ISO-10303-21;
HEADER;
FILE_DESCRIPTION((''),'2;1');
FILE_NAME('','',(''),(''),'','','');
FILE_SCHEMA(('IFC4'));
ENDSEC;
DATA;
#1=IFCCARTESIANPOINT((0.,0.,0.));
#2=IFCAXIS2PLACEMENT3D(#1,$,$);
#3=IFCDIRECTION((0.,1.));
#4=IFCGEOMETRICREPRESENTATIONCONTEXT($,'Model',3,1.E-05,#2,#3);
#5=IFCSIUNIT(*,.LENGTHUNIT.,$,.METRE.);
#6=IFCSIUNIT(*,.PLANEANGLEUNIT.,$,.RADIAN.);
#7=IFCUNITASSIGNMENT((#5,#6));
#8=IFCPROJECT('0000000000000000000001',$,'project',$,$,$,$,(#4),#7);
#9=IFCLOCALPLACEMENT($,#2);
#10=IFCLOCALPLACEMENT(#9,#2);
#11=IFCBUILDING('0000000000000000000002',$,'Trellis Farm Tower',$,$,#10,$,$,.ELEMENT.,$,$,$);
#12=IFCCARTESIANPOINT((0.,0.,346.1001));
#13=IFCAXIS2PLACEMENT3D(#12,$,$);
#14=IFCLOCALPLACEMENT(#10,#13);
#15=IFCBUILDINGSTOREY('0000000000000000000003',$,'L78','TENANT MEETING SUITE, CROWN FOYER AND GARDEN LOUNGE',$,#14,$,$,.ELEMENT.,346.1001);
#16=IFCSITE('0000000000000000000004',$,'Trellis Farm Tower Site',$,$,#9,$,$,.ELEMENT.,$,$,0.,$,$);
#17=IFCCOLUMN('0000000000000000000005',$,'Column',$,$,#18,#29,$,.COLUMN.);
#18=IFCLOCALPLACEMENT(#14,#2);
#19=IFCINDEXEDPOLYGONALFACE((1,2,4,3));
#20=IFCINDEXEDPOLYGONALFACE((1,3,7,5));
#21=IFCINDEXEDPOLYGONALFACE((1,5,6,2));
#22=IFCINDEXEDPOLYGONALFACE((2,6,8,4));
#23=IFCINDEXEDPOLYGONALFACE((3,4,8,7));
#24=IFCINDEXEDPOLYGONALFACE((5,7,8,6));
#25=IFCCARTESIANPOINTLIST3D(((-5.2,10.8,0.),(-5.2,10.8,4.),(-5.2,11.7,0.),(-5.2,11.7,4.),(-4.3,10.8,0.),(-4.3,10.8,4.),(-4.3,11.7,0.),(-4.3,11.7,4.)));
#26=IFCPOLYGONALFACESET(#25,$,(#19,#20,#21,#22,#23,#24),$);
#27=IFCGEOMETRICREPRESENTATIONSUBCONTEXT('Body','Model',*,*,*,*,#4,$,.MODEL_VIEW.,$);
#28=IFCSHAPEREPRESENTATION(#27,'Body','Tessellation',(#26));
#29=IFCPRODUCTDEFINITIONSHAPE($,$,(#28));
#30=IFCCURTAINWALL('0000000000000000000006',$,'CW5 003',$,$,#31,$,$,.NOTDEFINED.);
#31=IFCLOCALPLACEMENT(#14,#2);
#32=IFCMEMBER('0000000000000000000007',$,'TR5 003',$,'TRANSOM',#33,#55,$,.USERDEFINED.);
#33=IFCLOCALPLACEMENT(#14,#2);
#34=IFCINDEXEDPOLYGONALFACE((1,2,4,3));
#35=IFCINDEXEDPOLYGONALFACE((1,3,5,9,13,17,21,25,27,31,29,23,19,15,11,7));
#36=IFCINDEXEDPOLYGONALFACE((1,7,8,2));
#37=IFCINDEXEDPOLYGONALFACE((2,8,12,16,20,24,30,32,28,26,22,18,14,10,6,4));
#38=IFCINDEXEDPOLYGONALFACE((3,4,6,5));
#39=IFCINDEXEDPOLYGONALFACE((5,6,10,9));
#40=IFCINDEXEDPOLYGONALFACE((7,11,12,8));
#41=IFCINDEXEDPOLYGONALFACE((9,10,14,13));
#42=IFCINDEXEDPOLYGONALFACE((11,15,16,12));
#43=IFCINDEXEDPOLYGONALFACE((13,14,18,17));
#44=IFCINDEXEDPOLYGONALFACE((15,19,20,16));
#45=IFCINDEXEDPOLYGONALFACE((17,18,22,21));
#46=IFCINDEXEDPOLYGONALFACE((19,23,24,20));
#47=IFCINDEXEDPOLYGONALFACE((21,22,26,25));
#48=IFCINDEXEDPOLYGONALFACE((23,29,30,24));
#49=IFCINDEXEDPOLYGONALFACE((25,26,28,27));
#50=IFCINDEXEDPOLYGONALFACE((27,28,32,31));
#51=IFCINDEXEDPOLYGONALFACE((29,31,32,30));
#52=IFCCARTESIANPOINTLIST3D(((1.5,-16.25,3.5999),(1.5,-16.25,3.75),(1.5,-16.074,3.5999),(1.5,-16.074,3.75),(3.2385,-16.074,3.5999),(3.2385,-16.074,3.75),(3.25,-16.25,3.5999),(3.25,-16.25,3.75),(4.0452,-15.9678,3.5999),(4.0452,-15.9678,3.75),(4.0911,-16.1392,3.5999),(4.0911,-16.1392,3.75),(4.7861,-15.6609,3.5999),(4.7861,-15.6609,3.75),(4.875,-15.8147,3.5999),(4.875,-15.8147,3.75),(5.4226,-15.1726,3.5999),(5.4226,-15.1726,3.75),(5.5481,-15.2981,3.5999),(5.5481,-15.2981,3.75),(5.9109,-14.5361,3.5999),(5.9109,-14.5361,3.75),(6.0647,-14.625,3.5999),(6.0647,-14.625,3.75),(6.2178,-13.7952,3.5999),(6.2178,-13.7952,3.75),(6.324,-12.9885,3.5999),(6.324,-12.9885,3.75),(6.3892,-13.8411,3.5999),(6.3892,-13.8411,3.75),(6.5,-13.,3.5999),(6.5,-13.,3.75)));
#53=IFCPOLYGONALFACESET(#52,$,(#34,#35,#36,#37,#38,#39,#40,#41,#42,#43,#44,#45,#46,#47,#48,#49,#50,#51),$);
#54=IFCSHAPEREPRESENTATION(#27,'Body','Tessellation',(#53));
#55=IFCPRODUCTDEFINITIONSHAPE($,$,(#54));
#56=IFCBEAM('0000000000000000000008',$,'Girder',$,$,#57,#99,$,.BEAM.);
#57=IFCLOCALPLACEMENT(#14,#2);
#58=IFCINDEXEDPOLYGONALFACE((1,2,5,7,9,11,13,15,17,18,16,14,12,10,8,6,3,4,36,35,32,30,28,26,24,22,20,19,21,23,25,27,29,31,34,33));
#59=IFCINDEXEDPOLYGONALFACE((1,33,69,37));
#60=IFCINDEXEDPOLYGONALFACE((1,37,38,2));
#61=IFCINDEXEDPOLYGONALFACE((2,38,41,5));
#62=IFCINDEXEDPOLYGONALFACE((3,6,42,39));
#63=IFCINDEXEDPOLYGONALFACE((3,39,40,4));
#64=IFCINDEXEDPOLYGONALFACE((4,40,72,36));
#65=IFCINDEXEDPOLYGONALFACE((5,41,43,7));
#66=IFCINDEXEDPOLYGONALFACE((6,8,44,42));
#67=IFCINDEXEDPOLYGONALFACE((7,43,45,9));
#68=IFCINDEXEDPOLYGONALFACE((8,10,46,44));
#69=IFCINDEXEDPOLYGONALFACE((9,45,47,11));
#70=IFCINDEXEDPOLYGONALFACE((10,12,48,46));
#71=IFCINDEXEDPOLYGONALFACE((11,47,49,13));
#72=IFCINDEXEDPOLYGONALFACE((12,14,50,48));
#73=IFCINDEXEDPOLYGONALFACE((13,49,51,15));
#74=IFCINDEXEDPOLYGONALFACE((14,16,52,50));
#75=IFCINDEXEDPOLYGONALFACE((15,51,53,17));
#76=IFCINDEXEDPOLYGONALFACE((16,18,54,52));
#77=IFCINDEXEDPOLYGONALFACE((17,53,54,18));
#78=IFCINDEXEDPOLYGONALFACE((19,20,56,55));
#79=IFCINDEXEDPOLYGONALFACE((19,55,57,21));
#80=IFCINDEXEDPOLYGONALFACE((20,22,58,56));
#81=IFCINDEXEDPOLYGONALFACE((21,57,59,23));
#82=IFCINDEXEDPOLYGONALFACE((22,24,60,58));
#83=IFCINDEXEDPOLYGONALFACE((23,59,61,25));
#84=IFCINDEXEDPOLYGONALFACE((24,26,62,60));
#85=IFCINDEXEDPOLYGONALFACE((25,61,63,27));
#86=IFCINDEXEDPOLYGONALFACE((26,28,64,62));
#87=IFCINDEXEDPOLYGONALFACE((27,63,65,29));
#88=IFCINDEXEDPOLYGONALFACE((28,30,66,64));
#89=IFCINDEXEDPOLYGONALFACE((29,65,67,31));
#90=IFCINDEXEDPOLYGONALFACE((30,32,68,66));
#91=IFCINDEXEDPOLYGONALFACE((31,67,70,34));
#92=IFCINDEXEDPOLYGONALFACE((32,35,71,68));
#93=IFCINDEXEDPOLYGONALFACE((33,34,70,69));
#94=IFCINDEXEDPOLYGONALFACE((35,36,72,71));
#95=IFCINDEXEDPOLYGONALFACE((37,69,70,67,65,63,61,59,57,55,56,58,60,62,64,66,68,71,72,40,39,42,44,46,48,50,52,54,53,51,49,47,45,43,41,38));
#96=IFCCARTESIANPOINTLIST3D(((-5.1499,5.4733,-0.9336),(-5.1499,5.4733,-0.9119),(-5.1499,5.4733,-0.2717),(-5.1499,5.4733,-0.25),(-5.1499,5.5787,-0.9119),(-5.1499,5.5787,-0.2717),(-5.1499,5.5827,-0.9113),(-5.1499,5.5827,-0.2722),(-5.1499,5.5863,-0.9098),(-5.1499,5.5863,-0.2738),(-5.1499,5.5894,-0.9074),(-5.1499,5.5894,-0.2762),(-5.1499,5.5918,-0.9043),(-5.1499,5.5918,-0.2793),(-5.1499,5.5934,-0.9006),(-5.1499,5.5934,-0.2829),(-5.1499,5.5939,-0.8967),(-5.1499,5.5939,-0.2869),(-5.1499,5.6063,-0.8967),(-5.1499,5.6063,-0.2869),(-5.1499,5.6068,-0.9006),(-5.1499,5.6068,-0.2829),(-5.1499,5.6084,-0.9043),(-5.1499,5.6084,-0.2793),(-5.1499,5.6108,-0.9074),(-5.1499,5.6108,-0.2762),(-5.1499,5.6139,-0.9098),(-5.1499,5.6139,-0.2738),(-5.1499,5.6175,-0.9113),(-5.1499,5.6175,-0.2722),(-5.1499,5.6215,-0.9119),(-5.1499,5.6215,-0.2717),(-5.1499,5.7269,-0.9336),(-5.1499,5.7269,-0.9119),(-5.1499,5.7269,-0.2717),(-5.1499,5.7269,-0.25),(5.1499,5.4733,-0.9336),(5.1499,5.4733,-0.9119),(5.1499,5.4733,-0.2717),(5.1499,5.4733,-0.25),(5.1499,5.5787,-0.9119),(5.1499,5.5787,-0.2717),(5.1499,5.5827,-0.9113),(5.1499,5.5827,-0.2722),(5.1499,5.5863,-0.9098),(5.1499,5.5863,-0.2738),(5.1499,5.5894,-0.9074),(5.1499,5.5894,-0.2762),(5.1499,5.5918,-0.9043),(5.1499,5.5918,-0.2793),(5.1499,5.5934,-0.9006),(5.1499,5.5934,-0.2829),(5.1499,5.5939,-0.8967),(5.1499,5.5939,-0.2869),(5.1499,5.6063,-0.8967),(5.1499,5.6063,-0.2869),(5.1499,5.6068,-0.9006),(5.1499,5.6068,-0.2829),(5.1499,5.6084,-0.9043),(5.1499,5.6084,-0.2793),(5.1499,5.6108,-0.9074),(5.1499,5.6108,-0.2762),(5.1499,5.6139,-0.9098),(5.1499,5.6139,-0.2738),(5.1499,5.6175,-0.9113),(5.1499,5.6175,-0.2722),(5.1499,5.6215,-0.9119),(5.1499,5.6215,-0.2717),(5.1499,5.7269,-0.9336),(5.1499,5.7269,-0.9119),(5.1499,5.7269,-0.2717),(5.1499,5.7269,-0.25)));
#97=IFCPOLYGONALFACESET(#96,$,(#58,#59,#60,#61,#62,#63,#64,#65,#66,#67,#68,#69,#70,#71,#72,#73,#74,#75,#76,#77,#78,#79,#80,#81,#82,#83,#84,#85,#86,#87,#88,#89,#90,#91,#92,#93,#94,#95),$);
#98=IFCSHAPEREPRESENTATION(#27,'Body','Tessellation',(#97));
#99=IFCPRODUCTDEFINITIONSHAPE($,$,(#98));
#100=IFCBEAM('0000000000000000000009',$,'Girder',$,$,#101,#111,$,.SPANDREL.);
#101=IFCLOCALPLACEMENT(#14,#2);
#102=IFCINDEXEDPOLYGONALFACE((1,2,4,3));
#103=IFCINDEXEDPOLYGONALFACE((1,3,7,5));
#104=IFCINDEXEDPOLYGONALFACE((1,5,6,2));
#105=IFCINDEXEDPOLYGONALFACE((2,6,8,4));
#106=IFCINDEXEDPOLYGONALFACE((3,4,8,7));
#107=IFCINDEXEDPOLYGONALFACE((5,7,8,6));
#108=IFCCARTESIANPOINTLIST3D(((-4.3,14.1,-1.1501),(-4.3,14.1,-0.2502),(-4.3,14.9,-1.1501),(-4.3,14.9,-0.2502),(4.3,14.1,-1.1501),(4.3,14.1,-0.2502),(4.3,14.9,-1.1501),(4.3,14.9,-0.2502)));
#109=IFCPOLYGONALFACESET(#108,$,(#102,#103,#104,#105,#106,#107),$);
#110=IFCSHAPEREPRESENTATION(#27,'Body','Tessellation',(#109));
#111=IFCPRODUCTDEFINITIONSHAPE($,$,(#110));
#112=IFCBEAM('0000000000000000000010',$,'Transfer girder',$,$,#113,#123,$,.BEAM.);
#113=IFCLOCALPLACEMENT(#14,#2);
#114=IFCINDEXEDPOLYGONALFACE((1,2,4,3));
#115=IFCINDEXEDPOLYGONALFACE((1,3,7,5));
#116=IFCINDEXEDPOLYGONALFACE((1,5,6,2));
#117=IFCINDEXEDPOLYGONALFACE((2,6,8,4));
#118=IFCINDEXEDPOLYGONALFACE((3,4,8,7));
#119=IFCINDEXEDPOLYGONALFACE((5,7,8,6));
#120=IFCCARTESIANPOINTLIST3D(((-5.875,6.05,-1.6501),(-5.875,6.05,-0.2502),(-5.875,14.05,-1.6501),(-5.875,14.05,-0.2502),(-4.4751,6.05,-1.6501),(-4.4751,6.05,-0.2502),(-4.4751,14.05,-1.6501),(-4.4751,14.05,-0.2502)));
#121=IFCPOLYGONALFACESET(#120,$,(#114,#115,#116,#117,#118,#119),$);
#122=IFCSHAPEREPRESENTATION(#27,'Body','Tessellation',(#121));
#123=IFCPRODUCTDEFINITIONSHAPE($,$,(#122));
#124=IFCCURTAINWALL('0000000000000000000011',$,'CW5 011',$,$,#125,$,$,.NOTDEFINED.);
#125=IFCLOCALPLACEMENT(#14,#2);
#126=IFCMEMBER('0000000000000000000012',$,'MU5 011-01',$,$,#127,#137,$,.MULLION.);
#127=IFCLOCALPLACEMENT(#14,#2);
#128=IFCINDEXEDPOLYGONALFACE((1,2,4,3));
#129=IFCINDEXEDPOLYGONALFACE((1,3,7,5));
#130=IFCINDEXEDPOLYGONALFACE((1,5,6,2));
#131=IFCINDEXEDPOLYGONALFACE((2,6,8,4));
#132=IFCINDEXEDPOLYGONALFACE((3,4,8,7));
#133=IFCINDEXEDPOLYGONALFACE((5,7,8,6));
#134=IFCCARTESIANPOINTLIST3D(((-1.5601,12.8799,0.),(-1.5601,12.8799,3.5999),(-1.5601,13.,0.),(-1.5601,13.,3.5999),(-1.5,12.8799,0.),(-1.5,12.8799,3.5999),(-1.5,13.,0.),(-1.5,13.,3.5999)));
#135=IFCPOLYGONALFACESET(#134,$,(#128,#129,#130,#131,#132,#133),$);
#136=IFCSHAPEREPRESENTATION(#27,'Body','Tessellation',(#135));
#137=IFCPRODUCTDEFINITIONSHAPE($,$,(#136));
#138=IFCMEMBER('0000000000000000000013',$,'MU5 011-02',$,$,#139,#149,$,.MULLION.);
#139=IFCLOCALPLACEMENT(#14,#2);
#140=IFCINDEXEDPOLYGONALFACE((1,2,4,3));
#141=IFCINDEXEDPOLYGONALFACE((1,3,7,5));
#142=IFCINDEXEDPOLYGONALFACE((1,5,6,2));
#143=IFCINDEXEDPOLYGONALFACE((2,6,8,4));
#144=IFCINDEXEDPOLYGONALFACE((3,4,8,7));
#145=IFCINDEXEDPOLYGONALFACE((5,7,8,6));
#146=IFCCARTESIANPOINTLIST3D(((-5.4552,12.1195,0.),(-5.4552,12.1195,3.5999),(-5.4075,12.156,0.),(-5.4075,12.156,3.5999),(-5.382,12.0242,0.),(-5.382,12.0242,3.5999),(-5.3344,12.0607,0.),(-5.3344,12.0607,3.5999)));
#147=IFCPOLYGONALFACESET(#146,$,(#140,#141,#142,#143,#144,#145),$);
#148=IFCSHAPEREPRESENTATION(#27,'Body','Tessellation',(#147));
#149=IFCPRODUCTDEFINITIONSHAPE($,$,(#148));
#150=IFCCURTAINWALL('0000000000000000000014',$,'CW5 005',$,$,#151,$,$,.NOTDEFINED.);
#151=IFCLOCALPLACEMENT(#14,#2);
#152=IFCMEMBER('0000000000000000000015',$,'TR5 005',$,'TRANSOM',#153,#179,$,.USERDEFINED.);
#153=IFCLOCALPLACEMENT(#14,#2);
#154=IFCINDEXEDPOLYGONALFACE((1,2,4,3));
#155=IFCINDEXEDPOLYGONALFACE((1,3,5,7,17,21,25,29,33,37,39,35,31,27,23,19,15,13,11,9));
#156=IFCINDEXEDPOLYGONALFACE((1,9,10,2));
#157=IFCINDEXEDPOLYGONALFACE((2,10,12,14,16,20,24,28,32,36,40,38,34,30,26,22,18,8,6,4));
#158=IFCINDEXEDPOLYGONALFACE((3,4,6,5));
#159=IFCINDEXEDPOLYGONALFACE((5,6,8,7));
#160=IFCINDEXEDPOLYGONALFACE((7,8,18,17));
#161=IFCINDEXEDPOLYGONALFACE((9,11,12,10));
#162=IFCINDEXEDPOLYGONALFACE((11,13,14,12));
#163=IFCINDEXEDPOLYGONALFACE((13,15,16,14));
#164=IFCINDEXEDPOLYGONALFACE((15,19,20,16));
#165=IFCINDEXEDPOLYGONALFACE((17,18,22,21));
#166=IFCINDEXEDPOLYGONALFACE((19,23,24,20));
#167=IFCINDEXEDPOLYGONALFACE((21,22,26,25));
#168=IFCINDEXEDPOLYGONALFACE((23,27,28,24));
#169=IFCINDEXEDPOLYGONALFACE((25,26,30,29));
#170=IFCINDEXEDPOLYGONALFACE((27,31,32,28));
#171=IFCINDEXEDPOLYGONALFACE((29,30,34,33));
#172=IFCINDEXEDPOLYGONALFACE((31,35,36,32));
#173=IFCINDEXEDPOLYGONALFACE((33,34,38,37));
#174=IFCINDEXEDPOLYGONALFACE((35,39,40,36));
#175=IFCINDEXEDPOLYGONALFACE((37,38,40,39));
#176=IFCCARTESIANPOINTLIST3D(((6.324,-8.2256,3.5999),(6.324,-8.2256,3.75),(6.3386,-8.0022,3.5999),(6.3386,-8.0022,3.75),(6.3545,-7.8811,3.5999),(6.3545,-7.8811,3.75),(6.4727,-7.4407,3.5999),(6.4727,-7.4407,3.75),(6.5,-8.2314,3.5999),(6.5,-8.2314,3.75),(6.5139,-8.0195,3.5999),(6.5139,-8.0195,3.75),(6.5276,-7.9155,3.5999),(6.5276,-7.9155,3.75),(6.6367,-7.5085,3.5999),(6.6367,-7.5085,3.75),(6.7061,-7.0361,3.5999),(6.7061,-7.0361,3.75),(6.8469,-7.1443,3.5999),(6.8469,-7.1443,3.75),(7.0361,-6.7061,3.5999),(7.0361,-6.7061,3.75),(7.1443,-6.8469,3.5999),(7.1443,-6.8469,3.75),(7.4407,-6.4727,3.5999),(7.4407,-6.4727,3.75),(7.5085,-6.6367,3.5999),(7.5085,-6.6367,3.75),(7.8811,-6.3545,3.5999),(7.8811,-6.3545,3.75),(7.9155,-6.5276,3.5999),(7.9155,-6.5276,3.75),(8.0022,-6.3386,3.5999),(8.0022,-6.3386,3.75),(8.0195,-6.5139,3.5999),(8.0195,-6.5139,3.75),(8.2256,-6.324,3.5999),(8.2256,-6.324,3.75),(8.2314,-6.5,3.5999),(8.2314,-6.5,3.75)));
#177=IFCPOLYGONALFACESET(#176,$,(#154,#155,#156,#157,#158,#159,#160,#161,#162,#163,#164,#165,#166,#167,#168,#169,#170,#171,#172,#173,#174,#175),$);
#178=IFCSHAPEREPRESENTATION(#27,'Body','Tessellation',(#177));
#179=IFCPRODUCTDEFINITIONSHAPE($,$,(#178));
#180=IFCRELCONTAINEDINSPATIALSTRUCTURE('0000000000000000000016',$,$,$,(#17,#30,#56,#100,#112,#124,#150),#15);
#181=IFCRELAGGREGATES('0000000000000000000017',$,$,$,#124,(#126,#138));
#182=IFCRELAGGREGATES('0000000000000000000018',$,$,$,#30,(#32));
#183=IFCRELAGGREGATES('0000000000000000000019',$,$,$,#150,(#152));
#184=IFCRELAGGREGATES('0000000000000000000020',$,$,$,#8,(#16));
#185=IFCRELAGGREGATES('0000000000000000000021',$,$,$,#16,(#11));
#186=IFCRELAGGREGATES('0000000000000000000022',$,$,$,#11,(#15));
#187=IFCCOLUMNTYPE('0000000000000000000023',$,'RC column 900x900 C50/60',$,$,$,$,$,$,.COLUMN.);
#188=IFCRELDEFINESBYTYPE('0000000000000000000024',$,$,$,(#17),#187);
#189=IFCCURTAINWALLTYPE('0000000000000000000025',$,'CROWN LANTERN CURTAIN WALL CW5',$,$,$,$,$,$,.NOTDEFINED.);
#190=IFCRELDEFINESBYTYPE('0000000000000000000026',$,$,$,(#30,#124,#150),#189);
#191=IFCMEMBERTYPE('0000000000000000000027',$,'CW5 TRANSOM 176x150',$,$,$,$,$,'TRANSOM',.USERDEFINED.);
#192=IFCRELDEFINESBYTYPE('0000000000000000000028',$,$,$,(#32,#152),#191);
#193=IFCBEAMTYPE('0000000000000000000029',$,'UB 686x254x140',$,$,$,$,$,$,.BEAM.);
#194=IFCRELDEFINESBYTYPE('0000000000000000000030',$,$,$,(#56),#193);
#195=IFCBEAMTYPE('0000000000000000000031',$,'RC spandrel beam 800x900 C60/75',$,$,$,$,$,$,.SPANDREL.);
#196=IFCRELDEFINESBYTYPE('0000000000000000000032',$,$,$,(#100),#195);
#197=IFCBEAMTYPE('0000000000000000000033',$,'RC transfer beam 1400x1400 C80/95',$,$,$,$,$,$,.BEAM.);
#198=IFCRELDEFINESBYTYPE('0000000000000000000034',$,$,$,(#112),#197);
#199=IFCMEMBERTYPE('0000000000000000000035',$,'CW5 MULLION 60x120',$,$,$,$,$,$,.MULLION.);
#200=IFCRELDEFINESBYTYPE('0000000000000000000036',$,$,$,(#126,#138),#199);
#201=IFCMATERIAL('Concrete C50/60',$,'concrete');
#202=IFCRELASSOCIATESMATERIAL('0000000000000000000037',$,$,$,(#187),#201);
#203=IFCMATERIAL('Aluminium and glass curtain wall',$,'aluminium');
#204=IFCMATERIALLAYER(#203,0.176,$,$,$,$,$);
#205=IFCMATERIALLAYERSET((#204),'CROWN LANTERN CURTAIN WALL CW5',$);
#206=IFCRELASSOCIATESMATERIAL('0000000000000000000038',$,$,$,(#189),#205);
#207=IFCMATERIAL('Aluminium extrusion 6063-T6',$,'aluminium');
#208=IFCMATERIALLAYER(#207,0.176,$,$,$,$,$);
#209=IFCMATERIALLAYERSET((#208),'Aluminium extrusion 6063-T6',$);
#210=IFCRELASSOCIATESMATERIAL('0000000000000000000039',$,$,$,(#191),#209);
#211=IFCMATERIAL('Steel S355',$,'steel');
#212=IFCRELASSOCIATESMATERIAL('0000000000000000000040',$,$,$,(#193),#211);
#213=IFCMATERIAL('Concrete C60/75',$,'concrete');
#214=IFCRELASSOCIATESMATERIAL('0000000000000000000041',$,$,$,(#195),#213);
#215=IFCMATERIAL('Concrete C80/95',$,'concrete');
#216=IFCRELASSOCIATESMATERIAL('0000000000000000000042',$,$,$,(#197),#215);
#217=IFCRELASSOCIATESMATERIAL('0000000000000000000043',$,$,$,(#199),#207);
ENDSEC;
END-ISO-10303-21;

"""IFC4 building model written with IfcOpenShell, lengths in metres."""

from ifc_helpers import new_model, si_unit, direction, frame, origin, origin_2d, place, context, subcontext, project, spatial, polyline, rectangle, i_section, outline, extrude, source, transform, mapped, material, layer, layer_set, material_profile, profile_set, type_object, element, aggregate, save


model = new_model("IFC4")

# Units and contexts
model_context = context("Model", 3, precision=1e-05, world=origin(), true_north=direction((0.0, 1.0)))
body_context = subcontext(model_context, "Body", "Model", "MODEL_VIEW")
ifc_project = project(units=[si_unit("LENGTHUNIT", "METRE"), si_unit("PLANEANGLEUNIT", "RADIAN")], contexts=[model_context])

# Site, building, storey
site_placement = place(None, origin())
site = spatial("IfcSite", under=ifc_project, at=site_placement, Name="Trellis Farm Tower Site", CompositionType="ELEMENT", RefElevation=0.0)
building_placement = place(site_placement, origin())
building = spatial("IfcBuilding", under=site, at=building_placement, Name="Trellis Farm Tower", CompositionType="ELEMENT")
storey_placement = place(building_placement, frame((0.0, 0.0, 346.1001)))
storey = spatial("IfcBuildingStorey", under=building, at=storey_placement, Name="L78", Description="TENANT MEETING SUITE, CROWN FOYER AND GARDEN LOUNGE", CompositionType="ELEMENT", Elevation=346.1001)

# Column
ifc_material_1 = material(Name="Concrete C50/60", Category="concrete")
ifc_material_profile_1 = material_profile(ifc_material_1, rectangle(XDim=0.8999, YDim=0.8999, at=origin_2d()), Name="RC column 900x900 C50/60")
ifc_profile_set_1 = profile_set([ifc_material_profile_1], Name="Concrete C50/60")
column_type = type_object("IfcColumnType", Name="RC column 900x900 C50/60", PredefinedType="COLUMN", material=ifc_profile_set_1)
shared_shape_1 = source(origin(), body_context, "Body", "SweptSolid", [
    extrude(rectangle(XDim=0.8999, YDim=0.8999, at=origin_2d()), origin(), (0.0, 0.0, 1.0), 4.0),
])
column_placement = place(storey_placement, frame((-4.75, 11.25, 0.0), z_axis=(0.0, 0.0, 1.0), x_axis=(1.0, 0.0, 0.0)))
element("IfcColumn", 1, at=column_placement, inside=storey, type_object=column_type, Name="Column", PredefinedType="COLUMN", context=body_context, shape_type="MappedRepresentation", body=[
    mapped(shared_shape_1, transform((0.0, 0.0, 0.0))),
])

# Curtain wall, member
ifc_material_2 = material(Name="Aluminium and glass curtain wall", Category="aluminium")
ifc_layer_1 = layer(ifc_material_2, 0.176)
ifc_layer_set_1 = layer_set([ifc_layer_1], Name="CROWN LANTERN CURTAIN WALL CW5")
curtain_wall_type = type_object("IfcCurtainWallType", Name="CROWN LANTERN CURTAIN WALL CW5", PredefinedType="NOTDEFINED", material=ifc_layer_set_1)
placement_1 = place(storey_placement, origin())
curtain_wall_1 = element("IfcCurtainWall", 2, at=placement_1, inside=storey, type_object=curtain_wall_type, Name="CW5 003", PredefinedType="NOTDEFINED")
ifc_material_3 = material(Name="Aluminium extrusion 6063-T6", Category="aluminium")
ifc_layer_2 = layer(ifc_material_3, 0.176)
ifc_layer_set_2 = layer_set([ifc_layer_2], Name="Aluminium extrusion 6063-T6")
member_type_1 = type_object("IfcMemberType", Name="CW5 TRANSOM 176x150", ElementType="TRANSOM", PredefinedType="USERDEFINED", material=ifc_layer_set_2)
placement_2 = place(storey_placement, frame((0.0, 0.0, 3.5999)))
member_1 = element("IfcMember", 3, at=placement_2, type_object=member_type_1, Name="TR5 003", ObjectType="TRANSOM", PredefinedType="USERDEFINED", context=body_context, shape_type="SweptSolid", body=[
    extrude(outline(polyline([(1.5, -16.25), (3.25, -16.25), (4.0911, -16.1392), (4.875, -15.8147), (5.5481, -15.2981), (6.0647, -14.625), (6.3892, -13.8411), (6.5, -13.0), (6.324, -12.9885), (6.2178, -13.7952), (5.9109, -14.5361), (5.4226, -15.1726), (4.7861, -15.6609), (4.0452, -15.9678), (3.2385, -16.074), (1.5, -16.074), (1.5, -16.25)])), origin(), (0.0, 0.0, 1.0), 0.1501),
])

# Beams
ifc_material_4 = material(Name="Steel S355", Category="steel")
ifc_material_profile_2 = material_profile(ifc_material_4, i_section(OverallWidth=0.2537, OverallDepth=0.6836, WebThickness=0.0125, FlangeThickness=0.0217, FilletRadius=0.0151, at=origin_2d()), Name="UB 686x254x140")
ifc_profile_set_2 = profile_set([ifc_material_profile_2], Name="Steel S355")
beam_type_1 = type_object("IfcBeamType", Name="UB 686x254x140", PredefinedType="BEAM", material=ifc_profile_set_2)
shared_shape_2 = source(origin(), body_context, "Body", "SweptSolid", [
    extrude(i_section(OverallWidth=0.2537, OverallDepth=0.6836, WebThickness=0.0125, FlangeThickness=0.0217, FilletRadius=0.0151, at=origin_2d()), origin(), (0.0, 0.0, 1.0), 10.2998),
])
beam_1_placement = place(storey_placement, frame((-5.1499, 5.6001, -0.5918), z_axis=(1.0, 0.0, 0.0), x_axis=(0.0, 1.0, 0.0)))
element("IfcBeam", 4, at=beam_1_placement, inside=storey, type_object=beam_type_1, Name="Girder", PredefinedType="BEAM", context=body_context, shape_type="MappedRepresentation", body=[
    mapped(shared_shape_2, transform((0.0, 0.0, 0.0))),
])
ifc_material_5 = material(Name="Concrete C60/75", Category="concrete")
ifc_material_profile_3 = material_profile(ifc_material_5, rectangle(XDim=0.8, YDim=0.8999, at=origin_2d()), Name="RC spandrel beam 800x900 C60/75")
ifc_profile_set_3 = profile_set([ifc_material_profile_3], Name="Concrete C60/75")
beam_type_2 = type_object("IfcBeamType", Name="RC spandrel beam 800x900 C60/75", PredefinedType="SPANDREL", material=ifc_profile_set_3)
shared_shape_3 = source(origin(), body_context, "Body", "SweptSolid", [
    extrude(rectangle(XDim=0.8, YDim=0.8999, at=origin_2d()), origin(), (0.0, 0.0, 1.0), 8.6001),
])
beam_2_placement = place(storey_placement, frame((-4.3, 14.5, -0.7002), z_axis=(1.0, 0.0, 0.0), x_axis=(0.0, 1.0, 0.0)))
element("IfcBeam", 5, at=beam_2_placement, inside=storey, type_object=beam_type_2, Name="Girder", PredefinedType="SPANDREL", context=body_context, shape_type="MappedRepresentation", body=[
    mapped(shared_shape_3, transform((0.0, 0.0, 0.0))),
])
ifc_material_6 = material(Name="Concrete C80/95", Category="concrete")
ifc_material_profile_4 = material_profile(ifc_material_6, rectangle(XDim=1.3999, YDim=1.3999, at=origin_2d()), Name="RC transfer beam 1400x1400 C80/95")
ifc_profile_set_4 = profile_set([ifc_material_profile_4], Name="Concrete C80/95")
beam_type_3 = type_object("IfcBeamType", Name="RC transfer beam 1400x1400 C80/95", PredefinedType="BEAM", material=ifc_profile_set_4)
shared_shape_4 = source(origin(), body_context, "Body", "SweptSolid", [
    extrude(rectangle(XDim=1.3999, YDim=1.3999, at=origin_2d()), origin(), (0.0, 0.0, 1.0), 8.0),
])
beam_3_placement = place(storey_placement, frame((-5.175, 6.05, -0.9502), z_axis=(0.0, 1.0, 0.0), x_axis=(-1.0, 0.0, 0.0)))
element("IfcBeam", 6, at=beam_3_placement, inside=storey, type_object=beam_type_3, Name="Transfer girder", PredefinedType="BEAM", context=body_context, shape_type="MappedRepresentation", body=[
    mapped(shared_shape_4, transform((0.0, 0.0, 0.0))),
])

# Curtain wall, members
curtain_wall_2 = element("IfcCurtainWall", 7, at=placement_1, inside=storey, type_object=curtain_wall_type, Name="CW5 011", PredefinedType="NOTDEFINED")
ifc_material_profile_5 = material_profile(ifc_material_3, rectangle(XDim=0.0601, YDim=0.1201, at=origin_2d()), Name="MULLION 60x120")
ifc_profile_set_5 = profile_set([ifc_material_profile_5], Name="Aluminium extrusion 6063-T6")
member_type_2 = type_object("IfcMemberType", Name="CW5 MULLION 60x120", PredefinedType="MULLION", material=ifc_profile_set_5)
shared_shape_5 = source(origin(), body_context, "Body", "SweptSolid", [
    extrude(rectangle(XDim=0.0601, YDim=0.1201, at=origin_2d()), origin(), (0.0, 0.0, 1.0), 3.5999),
])
member_2_placement = place(storey_placement, frame((-1.53, 12.9399, 0.0), z_axis=(0.0, 0.0, 1.0), x_axis=(-1.0, 0.0, 0.0)))
member_2 = element("IfcMember", 8, at=member_2_placement, type_object=member_type_2, Name="MU5 011-01", PredefinedType="MULLION", context=body_context, shape_type="MappedRepresentation", body=[
    mapped(shared_shape_5, transform((0.0, 0.0, 0.0))),
])
member_3_placement = place(storey_placement, frame((-5.3948, 12.0901, 0.0), z_axis=(0.0, 0.0, 1.0), x_axis=(-0.793353, -0.608761, 0.0)))
member_3 = element("IfcMember", 9, at=member_3_placement, type_object=member_type_2, Name="MU5 011-02", PredefinedType="MULLION", context=body_context, shape_type="MappedRepresentation", body=[
    mapped(shared_shape_5, transform((0.0, 0.0, 0.0))),
])
aggregate(curtain_wall_2, [member_2, member_3])

# Curtain wall, member
curtain_wall_3 = element("IfcCurtainWall", 10, at=placement_1, inside=storey, type_object=curtain_wall_type, Name="CW5 005", PredefinedType="NOTDEFINED")
shared_shape_6 = source(origin(), body_context, "Body", "SweptSolid", [
    extrude(outline(polyline([(6.5, -8.2314), (6.5139, -8.0195), (6.5276, -7.9155), (6.6367, -7.5085), (6.8469, -7.1443), (7.1443, -6.8469), (7.5085, -6.6367), (7.9155, -6.5276), (8.0195, -6.5139), (8.2314, -6.5), (8.2256, -6.324), (8.0022, -6.3386), (7.8811, -6.3545), (7.4407, -6.4727), (7.0361, -6.7061), (6.7061, -7.0361), (6.4727, -7.4407), (6.3545, -7.8811), (6.3386, -8.0022), (6.324, -8.2256), (6.5, -8.2314)])), origin(), (0.0, 0.0, 1.0), 0.1501),
])
member_4 = element("IfcMember", 11, at=placement_2, type_object=member_type_1, Name="TR5 005", ObjectType="TRANSOM", PredefinedType="USERDEFINED", context=body_context, shape_type="MappedRepresentation", body=[
    mapped(shared_shape_6, transform((0.0, 0.0, 0.0))),
])

aggregate(curtain_wall_1, [member_1])
aggregate(curtain_wall_3, [member_4])

save(model, "model.ifc")
